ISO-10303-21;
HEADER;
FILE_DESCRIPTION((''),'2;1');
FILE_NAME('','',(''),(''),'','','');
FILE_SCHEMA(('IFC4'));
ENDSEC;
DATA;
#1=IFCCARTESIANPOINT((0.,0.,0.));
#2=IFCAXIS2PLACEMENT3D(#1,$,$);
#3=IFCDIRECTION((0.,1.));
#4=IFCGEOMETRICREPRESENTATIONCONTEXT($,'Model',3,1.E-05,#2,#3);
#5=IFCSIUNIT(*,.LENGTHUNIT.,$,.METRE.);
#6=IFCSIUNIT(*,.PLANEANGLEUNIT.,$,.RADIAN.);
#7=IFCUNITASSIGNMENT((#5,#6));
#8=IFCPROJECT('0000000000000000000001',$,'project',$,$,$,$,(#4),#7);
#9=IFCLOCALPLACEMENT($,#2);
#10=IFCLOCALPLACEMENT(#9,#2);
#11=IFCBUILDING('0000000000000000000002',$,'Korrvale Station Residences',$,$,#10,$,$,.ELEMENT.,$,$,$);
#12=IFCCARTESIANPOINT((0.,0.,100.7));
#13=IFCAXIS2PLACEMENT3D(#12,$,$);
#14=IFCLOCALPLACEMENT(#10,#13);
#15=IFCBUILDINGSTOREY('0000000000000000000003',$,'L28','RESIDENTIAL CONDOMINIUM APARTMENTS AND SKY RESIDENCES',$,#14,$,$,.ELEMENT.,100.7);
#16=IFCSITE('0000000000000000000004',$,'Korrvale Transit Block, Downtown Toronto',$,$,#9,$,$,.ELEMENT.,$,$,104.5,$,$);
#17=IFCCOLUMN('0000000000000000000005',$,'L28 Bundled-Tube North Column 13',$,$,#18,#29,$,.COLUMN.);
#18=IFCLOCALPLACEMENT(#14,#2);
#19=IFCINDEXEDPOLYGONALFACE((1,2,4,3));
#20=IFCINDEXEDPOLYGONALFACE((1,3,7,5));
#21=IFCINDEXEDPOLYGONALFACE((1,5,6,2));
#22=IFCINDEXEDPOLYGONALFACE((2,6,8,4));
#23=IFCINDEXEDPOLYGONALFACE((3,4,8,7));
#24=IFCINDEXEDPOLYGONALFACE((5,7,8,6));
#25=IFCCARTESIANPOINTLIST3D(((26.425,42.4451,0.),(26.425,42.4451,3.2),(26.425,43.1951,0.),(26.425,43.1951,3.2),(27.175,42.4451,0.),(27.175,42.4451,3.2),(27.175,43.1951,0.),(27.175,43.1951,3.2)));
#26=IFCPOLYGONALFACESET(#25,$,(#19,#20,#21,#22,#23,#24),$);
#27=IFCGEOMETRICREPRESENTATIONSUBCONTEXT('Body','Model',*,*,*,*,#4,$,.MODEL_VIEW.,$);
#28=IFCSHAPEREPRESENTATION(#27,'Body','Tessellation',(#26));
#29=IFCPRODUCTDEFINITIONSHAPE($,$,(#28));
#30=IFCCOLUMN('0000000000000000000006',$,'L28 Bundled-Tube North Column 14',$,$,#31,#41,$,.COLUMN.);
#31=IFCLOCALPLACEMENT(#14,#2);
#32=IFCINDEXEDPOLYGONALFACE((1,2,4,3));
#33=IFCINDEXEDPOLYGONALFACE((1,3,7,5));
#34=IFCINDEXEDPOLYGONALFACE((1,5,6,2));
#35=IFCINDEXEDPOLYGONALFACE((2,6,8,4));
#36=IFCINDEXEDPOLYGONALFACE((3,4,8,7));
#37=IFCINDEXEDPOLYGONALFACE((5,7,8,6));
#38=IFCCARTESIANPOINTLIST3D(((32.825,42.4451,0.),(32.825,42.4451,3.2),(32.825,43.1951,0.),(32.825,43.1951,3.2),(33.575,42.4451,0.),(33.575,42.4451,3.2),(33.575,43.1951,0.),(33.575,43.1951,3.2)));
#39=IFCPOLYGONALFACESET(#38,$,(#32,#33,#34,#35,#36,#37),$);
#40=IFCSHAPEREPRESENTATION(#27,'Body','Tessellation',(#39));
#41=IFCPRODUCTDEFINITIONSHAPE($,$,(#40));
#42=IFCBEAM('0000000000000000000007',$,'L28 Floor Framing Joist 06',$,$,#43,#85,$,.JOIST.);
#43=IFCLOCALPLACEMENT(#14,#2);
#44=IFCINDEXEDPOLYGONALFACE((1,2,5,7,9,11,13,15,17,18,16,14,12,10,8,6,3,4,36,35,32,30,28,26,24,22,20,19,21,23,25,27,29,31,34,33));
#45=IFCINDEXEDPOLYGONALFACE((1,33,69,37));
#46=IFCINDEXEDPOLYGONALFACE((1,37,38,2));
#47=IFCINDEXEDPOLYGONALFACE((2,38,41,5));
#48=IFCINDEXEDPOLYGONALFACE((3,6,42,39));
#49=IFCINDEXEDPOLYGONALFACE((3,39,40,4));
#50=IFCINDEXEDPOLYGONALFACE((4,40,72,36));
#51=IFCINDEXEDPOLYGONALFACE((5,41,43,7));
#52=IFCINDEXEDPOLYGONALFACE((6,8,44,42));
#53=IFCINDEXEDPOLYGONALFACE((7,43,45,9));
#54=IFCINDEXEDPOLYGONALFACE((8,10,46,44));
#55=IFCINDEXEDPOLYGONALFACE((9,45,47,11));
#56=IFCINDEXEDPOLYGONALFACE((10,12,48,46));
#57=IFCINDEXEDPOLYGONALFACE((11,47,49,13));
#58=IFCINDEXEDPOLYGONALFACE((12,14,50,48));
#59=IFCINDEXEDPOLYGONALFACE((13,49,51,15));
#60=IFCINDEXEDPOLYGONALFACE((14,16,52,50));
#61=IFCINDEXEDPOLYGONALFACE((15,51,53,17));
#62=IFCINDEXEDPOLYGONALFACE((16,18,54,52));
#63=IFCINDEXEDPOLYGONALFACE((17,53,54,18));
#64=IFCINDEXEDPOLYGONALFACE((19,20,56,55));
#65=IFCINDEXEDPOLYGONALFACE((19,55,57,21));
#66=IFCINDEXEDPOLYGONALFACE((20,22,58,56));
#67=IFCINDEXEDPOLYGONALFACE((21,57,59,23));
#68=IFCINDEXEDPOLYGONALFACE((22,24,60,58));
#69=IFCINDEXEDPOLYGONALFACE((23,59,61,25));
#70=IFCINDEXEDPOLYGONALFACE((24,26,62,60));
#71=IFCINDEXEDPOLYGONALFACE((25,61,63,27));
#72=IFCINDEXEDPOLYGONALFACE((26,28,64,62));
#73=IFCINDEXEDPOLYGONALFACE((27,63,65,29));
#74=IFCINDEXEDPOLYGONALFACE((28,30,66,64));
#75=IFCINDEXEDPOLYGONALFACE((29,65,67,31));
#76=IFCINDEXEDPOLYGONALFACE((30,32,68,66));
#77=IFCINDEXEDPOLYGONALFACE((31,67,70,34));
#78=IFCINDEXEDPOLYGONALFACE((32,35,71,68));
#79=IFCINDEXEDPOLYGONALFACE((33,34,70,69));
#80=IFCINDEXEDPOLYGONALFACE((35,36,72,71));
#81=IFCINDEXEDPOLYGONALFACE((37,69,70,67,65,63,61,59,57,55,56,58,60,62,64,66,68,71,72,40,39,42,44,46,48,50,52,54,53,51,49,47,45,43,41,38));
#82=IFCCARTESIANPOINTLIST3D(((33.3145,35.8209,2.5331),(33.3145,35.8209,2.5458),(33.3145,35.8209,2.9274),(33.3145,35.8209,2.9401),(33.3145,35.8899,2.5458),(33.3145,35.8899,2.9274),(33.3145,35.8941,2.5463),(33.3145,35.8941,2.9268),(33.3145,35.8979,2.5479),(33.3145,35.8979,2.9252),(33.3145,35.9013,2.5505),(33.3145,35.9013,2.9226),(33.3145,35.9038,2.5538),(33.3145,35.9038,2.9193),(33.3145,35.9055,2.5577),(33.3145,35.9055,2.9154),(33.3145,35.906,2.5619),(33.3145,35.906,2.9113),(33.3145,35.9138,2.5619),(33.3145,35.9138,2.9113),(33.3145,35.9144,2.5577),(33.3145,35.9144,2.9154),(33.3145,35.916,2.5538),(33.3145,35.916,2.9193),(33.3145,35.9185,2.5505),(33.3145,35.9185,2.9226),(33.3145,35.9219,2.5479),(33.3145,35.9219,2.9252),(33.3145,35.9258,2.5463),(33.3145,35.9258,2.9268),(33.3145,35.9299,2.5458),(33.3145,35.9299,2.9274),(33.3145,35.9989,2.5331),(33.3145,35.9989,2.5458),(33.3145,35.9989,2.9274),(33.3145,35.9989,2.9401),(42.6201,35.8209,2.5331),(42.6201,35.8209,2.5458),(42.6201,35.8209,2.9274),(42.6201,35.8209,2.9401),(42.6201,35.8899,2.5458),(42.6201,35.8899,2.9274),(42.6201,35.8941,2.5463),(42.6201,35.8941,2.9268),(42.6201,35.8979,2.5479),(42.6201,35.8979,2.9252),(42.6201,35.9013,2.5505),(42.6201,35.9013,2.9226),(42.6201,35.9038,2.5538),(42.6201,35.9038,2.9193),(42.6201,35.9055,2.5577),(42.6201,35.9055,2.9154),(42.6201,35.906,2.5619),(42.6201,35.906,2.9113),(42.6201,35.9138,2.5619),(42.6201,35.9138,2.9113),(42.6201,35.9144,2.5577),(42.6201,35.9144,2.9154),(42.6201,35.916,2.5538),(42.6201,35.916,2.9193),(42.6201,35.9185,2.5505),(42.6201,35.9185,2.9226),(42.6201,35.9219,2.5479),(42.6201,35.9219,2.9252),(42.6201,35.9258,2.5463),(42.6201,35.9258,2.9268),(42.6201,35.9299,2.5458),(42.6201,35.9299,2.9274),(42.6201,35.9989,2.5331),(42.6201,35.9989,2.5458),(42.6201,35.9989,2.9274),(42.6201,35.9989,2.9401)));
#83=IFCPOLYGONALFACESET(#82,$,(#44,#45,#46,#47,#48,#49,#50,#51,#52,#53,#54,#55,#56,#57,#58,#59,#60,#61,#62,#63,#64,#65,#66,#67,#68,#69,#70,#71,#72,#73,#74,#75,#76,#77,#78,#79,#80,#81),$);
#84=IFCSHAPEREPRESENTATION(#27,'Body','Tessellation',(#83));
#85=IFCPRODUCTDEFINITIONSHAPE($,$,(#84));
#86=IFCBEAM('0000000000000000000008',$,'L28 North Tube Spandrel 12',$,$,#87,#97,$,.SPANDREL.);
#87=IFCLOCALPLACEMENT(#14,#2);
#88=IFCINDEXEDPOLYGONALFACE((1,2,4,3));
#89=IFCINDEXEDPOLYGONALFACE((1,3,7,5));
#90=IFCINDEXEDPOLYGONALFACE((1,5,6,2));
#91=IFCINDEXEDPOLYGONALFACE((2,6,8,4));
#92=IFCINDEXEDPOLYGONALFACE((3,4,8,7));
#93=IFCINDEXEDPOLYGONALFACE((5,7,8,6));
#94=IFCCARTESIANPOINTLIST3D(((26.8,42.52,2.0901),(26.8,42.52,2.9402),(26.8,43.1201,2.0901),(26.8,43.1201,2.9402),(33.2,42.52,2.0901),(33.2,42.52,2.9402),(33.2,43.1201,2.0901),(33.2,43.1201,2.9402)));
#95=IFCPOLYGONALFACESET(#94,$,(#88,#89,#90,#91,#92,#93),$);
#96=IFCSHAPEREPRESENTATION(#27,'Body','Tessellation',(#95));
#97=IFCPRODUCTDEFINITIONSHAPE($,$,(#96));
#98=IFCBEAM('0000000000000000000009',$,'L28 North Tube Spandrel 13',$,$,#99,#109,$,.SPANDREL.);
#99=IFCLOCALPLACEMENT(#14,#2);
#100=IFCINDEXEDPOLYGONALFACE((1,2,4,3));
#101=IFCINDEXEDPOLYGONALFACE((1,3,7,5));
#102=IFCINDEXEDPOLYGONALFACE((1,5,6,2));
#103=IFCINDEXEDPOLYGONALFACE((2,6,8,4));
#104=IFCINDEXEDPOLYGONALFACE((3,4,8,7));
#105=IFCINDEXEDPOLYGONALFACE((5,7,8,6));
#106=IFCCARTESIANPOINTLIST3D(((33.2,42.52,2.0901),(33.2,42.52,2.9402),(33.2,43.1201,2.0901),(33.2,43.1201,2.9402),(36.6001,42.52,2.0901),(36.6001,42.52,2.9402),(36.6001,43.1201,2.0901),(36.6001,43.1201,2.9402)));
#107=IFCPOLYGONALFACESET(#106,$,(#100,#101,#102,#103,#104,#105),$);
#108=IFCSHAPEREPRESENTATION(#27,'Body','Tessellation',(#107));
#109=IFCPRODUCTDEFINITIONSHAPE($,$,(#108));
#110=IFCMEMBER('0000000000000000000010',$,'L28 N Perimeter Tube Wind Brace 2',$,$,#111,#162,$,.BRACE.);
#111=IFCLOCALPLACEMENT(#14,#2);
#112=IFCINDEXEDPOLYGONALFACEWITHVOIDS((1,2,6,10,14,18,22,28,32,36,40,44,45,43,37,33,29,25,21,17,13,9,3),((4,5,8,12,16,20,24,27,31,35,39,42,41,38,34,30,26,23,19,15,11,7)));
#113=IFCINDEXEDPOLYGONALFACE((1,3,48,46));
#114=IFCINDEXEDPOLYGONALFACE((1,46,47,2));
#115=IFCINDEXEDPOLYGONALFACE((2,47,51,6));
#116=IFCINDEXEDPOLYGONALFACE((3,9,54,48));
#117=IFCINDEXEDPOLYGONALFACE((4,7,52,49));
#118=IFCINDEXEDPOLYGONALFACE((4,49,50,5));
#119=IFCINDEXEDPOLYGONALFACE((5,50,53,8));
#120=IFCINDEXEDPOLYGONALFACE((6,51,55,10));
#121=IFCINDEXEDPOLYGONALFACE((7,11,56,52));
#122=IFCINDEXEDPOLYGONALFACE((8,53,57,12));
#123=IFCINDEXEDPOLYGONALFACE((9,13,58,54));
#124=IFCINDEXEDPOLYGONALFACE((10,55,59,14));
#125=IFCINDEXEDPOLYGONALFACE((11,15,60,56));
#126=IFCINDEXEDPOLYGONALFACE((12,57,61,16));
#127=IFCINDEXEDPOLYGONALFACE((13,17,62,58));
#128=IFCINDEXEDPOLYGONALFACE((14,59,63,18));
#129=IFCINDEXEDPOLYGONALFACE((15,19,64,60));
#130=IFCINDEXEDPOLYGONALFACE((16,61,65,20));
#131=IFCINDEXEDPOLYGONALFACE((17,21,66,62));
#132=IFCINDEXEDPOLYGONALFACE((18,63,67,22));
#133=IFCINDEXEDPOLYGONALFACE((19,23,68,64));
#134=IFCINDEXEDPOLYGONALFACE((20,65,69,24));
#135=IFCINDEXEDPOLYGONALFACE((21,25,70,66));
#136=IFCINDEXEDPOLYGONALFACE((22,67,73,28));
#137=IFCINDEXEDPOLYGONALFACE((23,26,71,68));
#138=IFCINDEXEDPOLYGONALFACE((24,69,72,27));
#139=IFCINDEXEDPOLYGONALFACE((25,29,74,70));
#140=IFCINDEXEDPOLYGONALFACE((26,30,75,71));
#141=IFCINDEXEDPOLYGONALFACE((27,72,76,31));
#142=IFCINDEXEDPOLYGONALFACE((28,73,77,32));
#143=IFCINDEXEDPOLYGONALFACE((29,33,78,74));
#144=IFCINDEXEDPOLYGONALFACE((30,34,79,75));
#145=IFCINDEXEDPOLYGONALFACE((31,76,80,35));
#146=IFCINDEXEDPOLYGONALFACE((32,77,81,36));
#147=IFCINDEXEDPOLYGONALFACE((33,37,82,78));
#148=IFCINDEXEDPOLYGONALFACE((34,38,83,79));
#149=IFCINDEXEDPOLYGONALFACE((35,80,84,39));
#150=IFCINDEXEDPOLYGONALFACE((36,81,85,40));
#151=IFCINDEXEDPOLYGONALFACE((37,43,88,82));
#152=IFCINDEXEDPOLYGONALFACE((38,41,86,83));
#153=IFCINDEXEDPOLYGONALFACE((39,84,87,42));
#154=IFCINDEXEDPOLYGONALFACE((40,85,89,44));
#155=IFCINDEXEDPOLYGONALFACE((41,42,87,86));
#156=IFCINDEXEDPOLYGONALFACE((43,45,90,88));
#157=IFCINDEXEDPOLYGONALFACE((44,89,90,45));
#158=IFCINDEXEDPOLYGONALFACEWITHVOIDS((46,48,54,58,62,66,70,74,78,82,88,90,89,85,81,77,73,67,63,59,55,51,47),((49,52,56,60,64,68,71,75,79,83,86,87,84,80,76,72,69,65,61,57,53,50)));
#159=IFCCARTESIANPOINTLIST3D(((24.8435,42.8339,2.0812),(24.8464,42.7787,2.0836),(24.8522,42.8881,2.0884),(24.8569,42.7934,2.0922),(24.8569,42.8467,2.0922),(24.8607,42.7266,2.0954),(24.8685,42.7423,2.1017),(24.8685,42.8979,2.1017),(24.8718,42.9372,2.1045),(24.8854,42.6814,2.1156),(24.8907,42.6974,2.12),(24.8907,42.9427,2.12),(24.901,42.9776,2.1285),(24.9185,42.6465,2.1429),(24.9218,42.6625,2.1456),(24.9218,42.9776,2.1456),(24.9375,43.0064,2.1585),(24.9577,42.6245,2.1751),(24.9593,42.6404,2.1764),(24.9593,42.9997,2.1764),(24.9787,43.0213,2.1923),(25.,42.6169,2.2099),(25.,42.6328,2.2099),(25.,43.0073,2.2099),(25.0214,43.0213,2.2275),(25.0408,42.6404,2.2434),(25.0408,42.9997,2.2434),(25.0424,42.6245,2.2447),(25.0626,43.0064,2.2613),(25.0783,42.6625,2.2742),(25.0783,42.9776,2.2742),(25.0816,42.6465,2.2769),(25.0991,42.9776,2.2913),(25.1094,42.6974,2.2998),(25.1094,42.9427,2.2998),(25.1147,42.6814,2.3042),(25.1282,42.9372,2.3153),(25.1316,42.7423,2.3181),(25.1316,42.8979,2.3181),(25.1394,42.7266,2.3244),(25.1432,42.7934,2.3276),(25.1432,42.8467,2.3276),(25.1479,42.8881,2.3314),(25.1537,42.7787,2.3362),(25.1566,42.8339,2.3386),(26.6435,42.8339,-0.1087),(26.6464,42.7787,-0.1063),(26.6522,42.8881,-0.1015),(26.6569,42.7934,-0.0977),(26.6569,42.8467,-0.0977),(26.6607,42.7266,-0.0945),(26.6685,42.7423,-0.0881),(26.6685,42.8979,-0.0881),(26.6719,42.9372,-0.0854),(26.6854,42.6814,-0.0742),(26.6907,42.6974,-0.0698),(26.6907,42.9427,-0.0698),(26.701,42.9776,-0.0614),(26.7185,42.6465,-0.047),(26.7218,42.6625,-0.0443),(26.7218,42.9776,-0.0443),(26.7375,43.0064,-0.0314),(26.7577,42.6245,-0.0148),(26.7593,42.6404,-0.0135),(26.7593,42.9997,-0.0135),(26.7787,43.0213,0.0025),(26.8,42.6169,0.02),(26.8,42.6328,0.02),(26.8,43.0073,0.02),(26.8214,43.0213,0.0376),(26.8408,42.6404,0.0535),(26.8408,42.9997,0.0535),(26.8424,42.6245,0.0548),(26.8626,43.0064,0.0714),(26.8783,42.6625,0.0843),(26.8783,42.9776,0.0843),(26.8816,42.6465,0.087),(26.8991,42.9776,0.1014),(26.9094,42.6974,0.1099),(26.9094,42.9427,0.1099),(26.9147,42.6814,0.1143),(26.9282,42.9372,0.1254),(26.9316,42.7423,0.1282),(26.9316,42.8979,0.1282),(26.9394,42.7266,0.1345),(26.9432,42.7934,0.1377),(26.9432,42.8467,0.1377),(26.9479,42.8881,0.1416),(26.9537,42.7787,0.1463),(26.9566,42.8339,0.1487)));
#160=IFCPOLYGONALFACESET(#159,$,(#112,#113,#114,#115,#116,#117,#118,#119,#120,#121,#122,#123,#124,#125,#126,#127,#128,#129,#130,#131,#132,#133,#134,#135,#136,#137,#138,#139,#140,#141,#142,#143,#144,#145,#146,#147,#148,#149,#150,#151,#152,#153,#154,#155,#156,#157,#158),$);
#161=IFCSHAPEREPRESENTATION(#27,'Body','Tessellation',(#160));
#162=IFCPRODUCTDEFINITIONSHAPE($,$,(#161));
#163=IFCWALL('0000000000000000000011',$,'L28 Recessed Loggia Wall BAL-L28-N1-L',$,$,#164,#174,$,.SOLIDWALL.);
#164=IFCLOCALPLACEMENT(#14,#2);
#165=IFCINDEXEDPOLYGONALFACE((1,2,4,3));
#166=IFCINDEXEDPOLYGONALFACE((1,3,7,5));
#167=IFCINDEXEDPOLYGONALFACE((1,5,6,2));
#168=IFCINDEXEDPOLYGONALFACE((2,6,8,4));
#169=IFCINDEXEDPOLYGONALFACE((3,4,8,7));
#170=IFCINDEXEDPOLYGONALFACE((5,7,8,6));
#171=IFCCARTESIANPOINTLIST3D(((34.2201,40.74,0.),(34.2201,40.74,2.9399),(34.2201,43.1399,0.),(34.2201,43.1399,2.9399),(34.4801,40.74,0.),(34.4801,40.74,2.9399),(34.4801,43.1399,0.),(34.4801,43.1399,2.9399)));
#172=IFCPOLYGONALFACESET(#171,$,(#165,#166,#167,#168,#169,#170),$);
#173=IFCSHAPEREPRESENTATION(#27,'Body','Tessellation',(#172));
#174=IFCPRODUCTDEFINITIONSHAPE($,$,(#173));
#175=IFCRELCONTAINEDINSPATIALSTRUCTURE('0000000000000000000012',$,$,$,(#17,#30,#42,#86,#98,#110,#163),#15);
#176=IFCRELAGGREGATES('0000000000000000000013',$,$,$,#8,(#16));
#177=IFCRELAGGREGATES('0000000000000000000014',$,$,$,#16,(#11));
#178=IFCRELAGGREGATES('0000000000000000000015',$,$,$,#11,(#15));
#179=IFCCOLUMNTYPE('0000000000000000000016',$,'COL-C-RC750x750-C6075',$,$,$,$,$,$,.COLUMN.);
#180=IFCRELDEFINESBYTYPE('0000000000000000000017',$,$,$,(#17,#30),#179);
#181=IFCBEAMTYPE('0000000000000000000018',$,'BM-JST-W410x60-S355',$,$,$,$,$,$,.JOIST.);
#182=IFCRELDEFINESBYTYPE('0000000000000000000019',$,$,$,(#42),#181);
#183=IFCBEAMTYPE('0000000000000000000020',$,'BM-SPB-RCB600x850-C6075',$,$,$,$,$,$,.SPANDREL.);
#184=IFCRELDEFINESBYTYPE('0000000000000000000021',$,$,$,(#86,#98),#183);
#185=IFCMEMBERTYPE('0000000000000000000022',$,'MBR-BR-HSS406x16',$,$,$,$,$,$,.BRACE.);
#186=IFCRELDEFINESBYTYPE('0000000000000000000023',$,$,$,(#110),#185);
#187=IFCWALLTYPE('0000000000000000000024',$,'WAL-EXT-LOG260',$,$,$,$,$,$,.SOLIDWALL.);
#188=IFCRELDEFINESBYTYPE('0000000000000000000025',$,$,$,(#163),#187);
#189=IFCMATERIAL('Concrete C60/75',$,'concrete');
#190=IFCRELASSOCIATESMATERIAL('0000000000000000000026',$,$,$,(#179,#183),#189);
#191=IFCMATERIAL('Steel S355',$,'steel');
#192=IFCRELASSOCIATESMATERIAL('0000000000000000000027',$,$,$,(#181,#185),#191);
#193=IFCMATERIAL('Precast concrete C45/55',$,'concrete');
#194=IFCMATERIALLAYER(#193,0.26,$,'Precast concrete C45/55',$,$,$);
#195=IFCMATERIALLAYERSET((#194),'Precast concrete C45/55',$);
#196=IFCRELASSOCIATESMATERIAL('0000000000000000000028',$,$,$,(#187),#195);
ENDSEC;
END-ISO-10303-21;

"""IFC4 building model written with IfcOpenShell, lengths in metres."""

from ifc_helpers import new_model, si_unit, direction, frame, frame_2d, origin, origin_2d, place, context, subcontext, project, spatial, rectangle, hollow_circle, i_section, extrude, material, layer, layer_set, material_profile, profile_set, type_object, element, save


model = new_model("IFC4")

# Units and contexts
model_context = context("Model", 3, precision=1e-05, world=origin(), true_north=direction((0.0, 1.0)))
body_context = subcontext(model_context, "Body", "Model", "MODEL_VIEW")
ifc_project = project(units=[si_unit("LENGTHUNIT", "METRE"), si_unit("PLANEANGLEUNIT", "RADIAN")], contexts=[model_context])

# Site, building, storey
site_placement = place(None, origin())
site = spatial("IfcSite", under=ifc_project, at=site_placement, Name="Korrvale Transit Block, Downtown Toronto", CompositionType="ELEMENT", RefElevation=104.5)
building_placement = place(site_placement, origin())
building = spatial("IfcBuilding", under=site, at=building_placement, Name="Korrvale Station Residences", CompositionType="ELEMENT")
storey_placement = place(building_placement, frame((0.0, 0.0, 100.7)))
storey = spatial("IfcBuildingStorey", under=building, at=storey_placement, Name="L28", Description="RESIDENTIAL CONDOMINIUM APARTMENTS AND SKY RESIDENCES", CompositionType="ELEMENT", Elevation=100.7)

# Columns
ifc_material_1 = material(Name="Concrete C60/75", Category="concrete")
ifc_material_profile_1 = material_profile(ifc_material_1, rectangle(XDim=0.75, YDim=0.75, at=origin_2d()), Name="RC750x750")
ifc_profile_set_1 = profile_set([ifc_material_profile_1], Name="Concrete C60/75")
column_type = type_object("IfcColumnType", Name="COL-C-RC750x750-C6075", PredefinedType="COLUMN", material=ifc_profile_set_1)
for number, where, z_axis, x_axis, name in (
    (1, (26.8, 42.8201, 0.0), (0.0, 0.0, 1.0), (1.0, 0.0, 0.0), "L28 Bundled-Tube North Column 13"),
    (2, (33.2, 42.8201, 0.0), (0.0, 0.0, 1.0), (1.0, 0.0, 0.0), "L28 Bundled-Tube North Column 14"),
):
    element("IfcColumn", number, at=place(storey_placement, frame(where, z_axis=z_axis, x_axis=x_axis)), inside=storey, type_object=column_type, Name=name, PredefinedType="COLUMN", context=body_context, shape_type="SweptSolid", body=[
        extrude(rectangle(XDim=0.75, YDim=0.75, at=origin_2d()), origin(), (0.0, 0.0, 1.0), 3.2),
    ])

# Beams
ifc_material_2 = material(Name="Steel S355", Category="steel")
ifc_material_profile_2 = material_profile(ifc_material_2, i_section(OverallWidth=0.178, OverallDepth=0.407, WebThickness=0.0078, FlangeThickness=0.0127, FilletRadius=0.0161, at=origin_2d()), Name="W410x60")
ifc_profile_set_2 = profile_set([ifc_material_profile_2], Name="Steel S355")
beam_type_1 = type_object("IfcBeamType", Name="BM-JST-W410x60-S355", PredefinedType="JOIST", material=ifc_profile_set_2)
beam_1_placement = place(storey_placement, frame((33.3145, 35.9099, 2.7366), z_axis=(1.0, 0.0, 0.0), x_axis=(0.0, 1.0, 0.0)))
element("IfcBeam", 3, at=beam_1_placement, inside=storey, type_object=beam_type_1, Name="L28 Floor Framing Joist 06", PredefinedType="JOIST", context=body_context, shape_type="SweptSolid", body=[
    extrude(i_section(OverallWidth=0.178, OverallDepth=0.407, WebThickness=0.0078, FlangeThickness=0.0127, FilletRadius=0.0161, at=origin_2d()), origin(), (0.0, 0.0, 1.0), 9.3057),
])
ifc_material_profile_3 = material_profile(ifc_material_1, rectangle(XDim=0.6001, YDim=0.8501, at=origin_2d()), Name="RCB600x850")
ifc_profile_set_3 = profile_set([ifc_material_profile_3], Name="Concrete C60/75")
beam_type_2 = type_object("IfcBeamType", Name="BM-SPB-RCB600x850-C6075", PredefinedType="SPANDREL", material=ifc_profile_set_3)
beam_2_placement = place(storey_placement, frame((26.8, 42.8201, 2.5151), z_axis=(1.0, 0.0, 0.0), x_axis=(0.0, 1.0, 0.0)))
element("IfcBeam", 4, at=beam_2_placement, inside=storey, type_object=beam_type_2, Name="L28 North Tube Spandrel 12", PredefinedType="SPANDREL", context=body_context, shape_type="SweptSolid", body=[
    extrude(rectangle(XDim=0.6001, YDim=0.8501, at=origin_2d()), origin(), (0.0, 0.0, 1.0), 6.3999),
])
beam_3_placement = place(storey_placement, frame((33.2, 42.8201, 2.5151), z_axis=(1.0, 0.0, 0.0), x_axis=(0.0, 1.0, 0.0)))
element("IfcBeam", 5, at=beam_3_placement, inside=storey, type_object=beam_type_2, Name="L28 North Tube Spandrel 13", PredefinedType="SPANDREL", context=body_context, shape_type="SweptSolid", body=[
    extrude(rectangle(XDim=0.6001, YDim=0.8501, at=origin_2d()), origin(), (0.0, 0.0, 1.0), 3.4001),
])

# Member
ifc_material_profile_4 = material_profile(ifc_material_2, hollow_circle(Radius=0.2031, WallThickness=0.0159, at=origin_2d()), Name="HSS406x16")
ifc_profile_set_4 = profile_set([ifc_material_profile_4], Name="Steel S355")
member_type = type_object("IfcMemberType", Name="MBR-BR-HSS406x16", PredefinedType="BRACE", material=ifc_profile_set_4)
member_placement = place(storey_placement, frame((26.8, 42.8201, 0.02), z_axis=(-0.634985, 0.0, 0.772524), x_axis=(0.0, -1.0, 0.0)))
element("IfcMember", 6, at=member_placement, inside=storey, type_object=member_type, Name="L28 N Perimeter Tube Wind Brace 2", PredefinedType="BRACE", context=body_context, shape_type="SweptSolid", body=[
    extrude(hollow_circle(Radius=0.2031, WallThickness=0.0159, at=origin_2d()), origin(), (0.0, 0.0, 1.0), 2.8347),
])

# Wall
ifc_material_3 = material(Name="Precast concrete C45/55", Category="concrete")
ifc_layer_1 = layer(ifc_material_3, 0.26, Name="Precast concrete C45/55")
ifc_layer_set_1 = layer_set([ifc_layer_1], Name="Precast concrete C45/55")
wall_type_1 = type_object("IfcWallType", Name="WAL-EXT-LOG260", PredefinedType="SOLIDWALL", material=ifc_layer_set_1)
wall_1_placement = place(storey_placement, frame((34.3501, 43.1399, 0.0), z_axis=(0.0, 0.0, 1.0), x_axis=(0.0, -1.0, 0.0)))
element("IfcWall", 7, at=wall_1_placement, inside=storey, type_object=wall_type_1, Name="L28 Recessed Loggia Wall BAL-L28-N1-L", PredefinedType="SOLIDWALL", context=body_context, shape_type="SweptSolid", body=[
    extrude(rectangle(XDim=2.3999, YDim=0.26, at=frame_2d((1.2, 0.0))), origin(), (0.0, 0.0, 1.0), 2.9399),
])

save(model, "model.ifc")
